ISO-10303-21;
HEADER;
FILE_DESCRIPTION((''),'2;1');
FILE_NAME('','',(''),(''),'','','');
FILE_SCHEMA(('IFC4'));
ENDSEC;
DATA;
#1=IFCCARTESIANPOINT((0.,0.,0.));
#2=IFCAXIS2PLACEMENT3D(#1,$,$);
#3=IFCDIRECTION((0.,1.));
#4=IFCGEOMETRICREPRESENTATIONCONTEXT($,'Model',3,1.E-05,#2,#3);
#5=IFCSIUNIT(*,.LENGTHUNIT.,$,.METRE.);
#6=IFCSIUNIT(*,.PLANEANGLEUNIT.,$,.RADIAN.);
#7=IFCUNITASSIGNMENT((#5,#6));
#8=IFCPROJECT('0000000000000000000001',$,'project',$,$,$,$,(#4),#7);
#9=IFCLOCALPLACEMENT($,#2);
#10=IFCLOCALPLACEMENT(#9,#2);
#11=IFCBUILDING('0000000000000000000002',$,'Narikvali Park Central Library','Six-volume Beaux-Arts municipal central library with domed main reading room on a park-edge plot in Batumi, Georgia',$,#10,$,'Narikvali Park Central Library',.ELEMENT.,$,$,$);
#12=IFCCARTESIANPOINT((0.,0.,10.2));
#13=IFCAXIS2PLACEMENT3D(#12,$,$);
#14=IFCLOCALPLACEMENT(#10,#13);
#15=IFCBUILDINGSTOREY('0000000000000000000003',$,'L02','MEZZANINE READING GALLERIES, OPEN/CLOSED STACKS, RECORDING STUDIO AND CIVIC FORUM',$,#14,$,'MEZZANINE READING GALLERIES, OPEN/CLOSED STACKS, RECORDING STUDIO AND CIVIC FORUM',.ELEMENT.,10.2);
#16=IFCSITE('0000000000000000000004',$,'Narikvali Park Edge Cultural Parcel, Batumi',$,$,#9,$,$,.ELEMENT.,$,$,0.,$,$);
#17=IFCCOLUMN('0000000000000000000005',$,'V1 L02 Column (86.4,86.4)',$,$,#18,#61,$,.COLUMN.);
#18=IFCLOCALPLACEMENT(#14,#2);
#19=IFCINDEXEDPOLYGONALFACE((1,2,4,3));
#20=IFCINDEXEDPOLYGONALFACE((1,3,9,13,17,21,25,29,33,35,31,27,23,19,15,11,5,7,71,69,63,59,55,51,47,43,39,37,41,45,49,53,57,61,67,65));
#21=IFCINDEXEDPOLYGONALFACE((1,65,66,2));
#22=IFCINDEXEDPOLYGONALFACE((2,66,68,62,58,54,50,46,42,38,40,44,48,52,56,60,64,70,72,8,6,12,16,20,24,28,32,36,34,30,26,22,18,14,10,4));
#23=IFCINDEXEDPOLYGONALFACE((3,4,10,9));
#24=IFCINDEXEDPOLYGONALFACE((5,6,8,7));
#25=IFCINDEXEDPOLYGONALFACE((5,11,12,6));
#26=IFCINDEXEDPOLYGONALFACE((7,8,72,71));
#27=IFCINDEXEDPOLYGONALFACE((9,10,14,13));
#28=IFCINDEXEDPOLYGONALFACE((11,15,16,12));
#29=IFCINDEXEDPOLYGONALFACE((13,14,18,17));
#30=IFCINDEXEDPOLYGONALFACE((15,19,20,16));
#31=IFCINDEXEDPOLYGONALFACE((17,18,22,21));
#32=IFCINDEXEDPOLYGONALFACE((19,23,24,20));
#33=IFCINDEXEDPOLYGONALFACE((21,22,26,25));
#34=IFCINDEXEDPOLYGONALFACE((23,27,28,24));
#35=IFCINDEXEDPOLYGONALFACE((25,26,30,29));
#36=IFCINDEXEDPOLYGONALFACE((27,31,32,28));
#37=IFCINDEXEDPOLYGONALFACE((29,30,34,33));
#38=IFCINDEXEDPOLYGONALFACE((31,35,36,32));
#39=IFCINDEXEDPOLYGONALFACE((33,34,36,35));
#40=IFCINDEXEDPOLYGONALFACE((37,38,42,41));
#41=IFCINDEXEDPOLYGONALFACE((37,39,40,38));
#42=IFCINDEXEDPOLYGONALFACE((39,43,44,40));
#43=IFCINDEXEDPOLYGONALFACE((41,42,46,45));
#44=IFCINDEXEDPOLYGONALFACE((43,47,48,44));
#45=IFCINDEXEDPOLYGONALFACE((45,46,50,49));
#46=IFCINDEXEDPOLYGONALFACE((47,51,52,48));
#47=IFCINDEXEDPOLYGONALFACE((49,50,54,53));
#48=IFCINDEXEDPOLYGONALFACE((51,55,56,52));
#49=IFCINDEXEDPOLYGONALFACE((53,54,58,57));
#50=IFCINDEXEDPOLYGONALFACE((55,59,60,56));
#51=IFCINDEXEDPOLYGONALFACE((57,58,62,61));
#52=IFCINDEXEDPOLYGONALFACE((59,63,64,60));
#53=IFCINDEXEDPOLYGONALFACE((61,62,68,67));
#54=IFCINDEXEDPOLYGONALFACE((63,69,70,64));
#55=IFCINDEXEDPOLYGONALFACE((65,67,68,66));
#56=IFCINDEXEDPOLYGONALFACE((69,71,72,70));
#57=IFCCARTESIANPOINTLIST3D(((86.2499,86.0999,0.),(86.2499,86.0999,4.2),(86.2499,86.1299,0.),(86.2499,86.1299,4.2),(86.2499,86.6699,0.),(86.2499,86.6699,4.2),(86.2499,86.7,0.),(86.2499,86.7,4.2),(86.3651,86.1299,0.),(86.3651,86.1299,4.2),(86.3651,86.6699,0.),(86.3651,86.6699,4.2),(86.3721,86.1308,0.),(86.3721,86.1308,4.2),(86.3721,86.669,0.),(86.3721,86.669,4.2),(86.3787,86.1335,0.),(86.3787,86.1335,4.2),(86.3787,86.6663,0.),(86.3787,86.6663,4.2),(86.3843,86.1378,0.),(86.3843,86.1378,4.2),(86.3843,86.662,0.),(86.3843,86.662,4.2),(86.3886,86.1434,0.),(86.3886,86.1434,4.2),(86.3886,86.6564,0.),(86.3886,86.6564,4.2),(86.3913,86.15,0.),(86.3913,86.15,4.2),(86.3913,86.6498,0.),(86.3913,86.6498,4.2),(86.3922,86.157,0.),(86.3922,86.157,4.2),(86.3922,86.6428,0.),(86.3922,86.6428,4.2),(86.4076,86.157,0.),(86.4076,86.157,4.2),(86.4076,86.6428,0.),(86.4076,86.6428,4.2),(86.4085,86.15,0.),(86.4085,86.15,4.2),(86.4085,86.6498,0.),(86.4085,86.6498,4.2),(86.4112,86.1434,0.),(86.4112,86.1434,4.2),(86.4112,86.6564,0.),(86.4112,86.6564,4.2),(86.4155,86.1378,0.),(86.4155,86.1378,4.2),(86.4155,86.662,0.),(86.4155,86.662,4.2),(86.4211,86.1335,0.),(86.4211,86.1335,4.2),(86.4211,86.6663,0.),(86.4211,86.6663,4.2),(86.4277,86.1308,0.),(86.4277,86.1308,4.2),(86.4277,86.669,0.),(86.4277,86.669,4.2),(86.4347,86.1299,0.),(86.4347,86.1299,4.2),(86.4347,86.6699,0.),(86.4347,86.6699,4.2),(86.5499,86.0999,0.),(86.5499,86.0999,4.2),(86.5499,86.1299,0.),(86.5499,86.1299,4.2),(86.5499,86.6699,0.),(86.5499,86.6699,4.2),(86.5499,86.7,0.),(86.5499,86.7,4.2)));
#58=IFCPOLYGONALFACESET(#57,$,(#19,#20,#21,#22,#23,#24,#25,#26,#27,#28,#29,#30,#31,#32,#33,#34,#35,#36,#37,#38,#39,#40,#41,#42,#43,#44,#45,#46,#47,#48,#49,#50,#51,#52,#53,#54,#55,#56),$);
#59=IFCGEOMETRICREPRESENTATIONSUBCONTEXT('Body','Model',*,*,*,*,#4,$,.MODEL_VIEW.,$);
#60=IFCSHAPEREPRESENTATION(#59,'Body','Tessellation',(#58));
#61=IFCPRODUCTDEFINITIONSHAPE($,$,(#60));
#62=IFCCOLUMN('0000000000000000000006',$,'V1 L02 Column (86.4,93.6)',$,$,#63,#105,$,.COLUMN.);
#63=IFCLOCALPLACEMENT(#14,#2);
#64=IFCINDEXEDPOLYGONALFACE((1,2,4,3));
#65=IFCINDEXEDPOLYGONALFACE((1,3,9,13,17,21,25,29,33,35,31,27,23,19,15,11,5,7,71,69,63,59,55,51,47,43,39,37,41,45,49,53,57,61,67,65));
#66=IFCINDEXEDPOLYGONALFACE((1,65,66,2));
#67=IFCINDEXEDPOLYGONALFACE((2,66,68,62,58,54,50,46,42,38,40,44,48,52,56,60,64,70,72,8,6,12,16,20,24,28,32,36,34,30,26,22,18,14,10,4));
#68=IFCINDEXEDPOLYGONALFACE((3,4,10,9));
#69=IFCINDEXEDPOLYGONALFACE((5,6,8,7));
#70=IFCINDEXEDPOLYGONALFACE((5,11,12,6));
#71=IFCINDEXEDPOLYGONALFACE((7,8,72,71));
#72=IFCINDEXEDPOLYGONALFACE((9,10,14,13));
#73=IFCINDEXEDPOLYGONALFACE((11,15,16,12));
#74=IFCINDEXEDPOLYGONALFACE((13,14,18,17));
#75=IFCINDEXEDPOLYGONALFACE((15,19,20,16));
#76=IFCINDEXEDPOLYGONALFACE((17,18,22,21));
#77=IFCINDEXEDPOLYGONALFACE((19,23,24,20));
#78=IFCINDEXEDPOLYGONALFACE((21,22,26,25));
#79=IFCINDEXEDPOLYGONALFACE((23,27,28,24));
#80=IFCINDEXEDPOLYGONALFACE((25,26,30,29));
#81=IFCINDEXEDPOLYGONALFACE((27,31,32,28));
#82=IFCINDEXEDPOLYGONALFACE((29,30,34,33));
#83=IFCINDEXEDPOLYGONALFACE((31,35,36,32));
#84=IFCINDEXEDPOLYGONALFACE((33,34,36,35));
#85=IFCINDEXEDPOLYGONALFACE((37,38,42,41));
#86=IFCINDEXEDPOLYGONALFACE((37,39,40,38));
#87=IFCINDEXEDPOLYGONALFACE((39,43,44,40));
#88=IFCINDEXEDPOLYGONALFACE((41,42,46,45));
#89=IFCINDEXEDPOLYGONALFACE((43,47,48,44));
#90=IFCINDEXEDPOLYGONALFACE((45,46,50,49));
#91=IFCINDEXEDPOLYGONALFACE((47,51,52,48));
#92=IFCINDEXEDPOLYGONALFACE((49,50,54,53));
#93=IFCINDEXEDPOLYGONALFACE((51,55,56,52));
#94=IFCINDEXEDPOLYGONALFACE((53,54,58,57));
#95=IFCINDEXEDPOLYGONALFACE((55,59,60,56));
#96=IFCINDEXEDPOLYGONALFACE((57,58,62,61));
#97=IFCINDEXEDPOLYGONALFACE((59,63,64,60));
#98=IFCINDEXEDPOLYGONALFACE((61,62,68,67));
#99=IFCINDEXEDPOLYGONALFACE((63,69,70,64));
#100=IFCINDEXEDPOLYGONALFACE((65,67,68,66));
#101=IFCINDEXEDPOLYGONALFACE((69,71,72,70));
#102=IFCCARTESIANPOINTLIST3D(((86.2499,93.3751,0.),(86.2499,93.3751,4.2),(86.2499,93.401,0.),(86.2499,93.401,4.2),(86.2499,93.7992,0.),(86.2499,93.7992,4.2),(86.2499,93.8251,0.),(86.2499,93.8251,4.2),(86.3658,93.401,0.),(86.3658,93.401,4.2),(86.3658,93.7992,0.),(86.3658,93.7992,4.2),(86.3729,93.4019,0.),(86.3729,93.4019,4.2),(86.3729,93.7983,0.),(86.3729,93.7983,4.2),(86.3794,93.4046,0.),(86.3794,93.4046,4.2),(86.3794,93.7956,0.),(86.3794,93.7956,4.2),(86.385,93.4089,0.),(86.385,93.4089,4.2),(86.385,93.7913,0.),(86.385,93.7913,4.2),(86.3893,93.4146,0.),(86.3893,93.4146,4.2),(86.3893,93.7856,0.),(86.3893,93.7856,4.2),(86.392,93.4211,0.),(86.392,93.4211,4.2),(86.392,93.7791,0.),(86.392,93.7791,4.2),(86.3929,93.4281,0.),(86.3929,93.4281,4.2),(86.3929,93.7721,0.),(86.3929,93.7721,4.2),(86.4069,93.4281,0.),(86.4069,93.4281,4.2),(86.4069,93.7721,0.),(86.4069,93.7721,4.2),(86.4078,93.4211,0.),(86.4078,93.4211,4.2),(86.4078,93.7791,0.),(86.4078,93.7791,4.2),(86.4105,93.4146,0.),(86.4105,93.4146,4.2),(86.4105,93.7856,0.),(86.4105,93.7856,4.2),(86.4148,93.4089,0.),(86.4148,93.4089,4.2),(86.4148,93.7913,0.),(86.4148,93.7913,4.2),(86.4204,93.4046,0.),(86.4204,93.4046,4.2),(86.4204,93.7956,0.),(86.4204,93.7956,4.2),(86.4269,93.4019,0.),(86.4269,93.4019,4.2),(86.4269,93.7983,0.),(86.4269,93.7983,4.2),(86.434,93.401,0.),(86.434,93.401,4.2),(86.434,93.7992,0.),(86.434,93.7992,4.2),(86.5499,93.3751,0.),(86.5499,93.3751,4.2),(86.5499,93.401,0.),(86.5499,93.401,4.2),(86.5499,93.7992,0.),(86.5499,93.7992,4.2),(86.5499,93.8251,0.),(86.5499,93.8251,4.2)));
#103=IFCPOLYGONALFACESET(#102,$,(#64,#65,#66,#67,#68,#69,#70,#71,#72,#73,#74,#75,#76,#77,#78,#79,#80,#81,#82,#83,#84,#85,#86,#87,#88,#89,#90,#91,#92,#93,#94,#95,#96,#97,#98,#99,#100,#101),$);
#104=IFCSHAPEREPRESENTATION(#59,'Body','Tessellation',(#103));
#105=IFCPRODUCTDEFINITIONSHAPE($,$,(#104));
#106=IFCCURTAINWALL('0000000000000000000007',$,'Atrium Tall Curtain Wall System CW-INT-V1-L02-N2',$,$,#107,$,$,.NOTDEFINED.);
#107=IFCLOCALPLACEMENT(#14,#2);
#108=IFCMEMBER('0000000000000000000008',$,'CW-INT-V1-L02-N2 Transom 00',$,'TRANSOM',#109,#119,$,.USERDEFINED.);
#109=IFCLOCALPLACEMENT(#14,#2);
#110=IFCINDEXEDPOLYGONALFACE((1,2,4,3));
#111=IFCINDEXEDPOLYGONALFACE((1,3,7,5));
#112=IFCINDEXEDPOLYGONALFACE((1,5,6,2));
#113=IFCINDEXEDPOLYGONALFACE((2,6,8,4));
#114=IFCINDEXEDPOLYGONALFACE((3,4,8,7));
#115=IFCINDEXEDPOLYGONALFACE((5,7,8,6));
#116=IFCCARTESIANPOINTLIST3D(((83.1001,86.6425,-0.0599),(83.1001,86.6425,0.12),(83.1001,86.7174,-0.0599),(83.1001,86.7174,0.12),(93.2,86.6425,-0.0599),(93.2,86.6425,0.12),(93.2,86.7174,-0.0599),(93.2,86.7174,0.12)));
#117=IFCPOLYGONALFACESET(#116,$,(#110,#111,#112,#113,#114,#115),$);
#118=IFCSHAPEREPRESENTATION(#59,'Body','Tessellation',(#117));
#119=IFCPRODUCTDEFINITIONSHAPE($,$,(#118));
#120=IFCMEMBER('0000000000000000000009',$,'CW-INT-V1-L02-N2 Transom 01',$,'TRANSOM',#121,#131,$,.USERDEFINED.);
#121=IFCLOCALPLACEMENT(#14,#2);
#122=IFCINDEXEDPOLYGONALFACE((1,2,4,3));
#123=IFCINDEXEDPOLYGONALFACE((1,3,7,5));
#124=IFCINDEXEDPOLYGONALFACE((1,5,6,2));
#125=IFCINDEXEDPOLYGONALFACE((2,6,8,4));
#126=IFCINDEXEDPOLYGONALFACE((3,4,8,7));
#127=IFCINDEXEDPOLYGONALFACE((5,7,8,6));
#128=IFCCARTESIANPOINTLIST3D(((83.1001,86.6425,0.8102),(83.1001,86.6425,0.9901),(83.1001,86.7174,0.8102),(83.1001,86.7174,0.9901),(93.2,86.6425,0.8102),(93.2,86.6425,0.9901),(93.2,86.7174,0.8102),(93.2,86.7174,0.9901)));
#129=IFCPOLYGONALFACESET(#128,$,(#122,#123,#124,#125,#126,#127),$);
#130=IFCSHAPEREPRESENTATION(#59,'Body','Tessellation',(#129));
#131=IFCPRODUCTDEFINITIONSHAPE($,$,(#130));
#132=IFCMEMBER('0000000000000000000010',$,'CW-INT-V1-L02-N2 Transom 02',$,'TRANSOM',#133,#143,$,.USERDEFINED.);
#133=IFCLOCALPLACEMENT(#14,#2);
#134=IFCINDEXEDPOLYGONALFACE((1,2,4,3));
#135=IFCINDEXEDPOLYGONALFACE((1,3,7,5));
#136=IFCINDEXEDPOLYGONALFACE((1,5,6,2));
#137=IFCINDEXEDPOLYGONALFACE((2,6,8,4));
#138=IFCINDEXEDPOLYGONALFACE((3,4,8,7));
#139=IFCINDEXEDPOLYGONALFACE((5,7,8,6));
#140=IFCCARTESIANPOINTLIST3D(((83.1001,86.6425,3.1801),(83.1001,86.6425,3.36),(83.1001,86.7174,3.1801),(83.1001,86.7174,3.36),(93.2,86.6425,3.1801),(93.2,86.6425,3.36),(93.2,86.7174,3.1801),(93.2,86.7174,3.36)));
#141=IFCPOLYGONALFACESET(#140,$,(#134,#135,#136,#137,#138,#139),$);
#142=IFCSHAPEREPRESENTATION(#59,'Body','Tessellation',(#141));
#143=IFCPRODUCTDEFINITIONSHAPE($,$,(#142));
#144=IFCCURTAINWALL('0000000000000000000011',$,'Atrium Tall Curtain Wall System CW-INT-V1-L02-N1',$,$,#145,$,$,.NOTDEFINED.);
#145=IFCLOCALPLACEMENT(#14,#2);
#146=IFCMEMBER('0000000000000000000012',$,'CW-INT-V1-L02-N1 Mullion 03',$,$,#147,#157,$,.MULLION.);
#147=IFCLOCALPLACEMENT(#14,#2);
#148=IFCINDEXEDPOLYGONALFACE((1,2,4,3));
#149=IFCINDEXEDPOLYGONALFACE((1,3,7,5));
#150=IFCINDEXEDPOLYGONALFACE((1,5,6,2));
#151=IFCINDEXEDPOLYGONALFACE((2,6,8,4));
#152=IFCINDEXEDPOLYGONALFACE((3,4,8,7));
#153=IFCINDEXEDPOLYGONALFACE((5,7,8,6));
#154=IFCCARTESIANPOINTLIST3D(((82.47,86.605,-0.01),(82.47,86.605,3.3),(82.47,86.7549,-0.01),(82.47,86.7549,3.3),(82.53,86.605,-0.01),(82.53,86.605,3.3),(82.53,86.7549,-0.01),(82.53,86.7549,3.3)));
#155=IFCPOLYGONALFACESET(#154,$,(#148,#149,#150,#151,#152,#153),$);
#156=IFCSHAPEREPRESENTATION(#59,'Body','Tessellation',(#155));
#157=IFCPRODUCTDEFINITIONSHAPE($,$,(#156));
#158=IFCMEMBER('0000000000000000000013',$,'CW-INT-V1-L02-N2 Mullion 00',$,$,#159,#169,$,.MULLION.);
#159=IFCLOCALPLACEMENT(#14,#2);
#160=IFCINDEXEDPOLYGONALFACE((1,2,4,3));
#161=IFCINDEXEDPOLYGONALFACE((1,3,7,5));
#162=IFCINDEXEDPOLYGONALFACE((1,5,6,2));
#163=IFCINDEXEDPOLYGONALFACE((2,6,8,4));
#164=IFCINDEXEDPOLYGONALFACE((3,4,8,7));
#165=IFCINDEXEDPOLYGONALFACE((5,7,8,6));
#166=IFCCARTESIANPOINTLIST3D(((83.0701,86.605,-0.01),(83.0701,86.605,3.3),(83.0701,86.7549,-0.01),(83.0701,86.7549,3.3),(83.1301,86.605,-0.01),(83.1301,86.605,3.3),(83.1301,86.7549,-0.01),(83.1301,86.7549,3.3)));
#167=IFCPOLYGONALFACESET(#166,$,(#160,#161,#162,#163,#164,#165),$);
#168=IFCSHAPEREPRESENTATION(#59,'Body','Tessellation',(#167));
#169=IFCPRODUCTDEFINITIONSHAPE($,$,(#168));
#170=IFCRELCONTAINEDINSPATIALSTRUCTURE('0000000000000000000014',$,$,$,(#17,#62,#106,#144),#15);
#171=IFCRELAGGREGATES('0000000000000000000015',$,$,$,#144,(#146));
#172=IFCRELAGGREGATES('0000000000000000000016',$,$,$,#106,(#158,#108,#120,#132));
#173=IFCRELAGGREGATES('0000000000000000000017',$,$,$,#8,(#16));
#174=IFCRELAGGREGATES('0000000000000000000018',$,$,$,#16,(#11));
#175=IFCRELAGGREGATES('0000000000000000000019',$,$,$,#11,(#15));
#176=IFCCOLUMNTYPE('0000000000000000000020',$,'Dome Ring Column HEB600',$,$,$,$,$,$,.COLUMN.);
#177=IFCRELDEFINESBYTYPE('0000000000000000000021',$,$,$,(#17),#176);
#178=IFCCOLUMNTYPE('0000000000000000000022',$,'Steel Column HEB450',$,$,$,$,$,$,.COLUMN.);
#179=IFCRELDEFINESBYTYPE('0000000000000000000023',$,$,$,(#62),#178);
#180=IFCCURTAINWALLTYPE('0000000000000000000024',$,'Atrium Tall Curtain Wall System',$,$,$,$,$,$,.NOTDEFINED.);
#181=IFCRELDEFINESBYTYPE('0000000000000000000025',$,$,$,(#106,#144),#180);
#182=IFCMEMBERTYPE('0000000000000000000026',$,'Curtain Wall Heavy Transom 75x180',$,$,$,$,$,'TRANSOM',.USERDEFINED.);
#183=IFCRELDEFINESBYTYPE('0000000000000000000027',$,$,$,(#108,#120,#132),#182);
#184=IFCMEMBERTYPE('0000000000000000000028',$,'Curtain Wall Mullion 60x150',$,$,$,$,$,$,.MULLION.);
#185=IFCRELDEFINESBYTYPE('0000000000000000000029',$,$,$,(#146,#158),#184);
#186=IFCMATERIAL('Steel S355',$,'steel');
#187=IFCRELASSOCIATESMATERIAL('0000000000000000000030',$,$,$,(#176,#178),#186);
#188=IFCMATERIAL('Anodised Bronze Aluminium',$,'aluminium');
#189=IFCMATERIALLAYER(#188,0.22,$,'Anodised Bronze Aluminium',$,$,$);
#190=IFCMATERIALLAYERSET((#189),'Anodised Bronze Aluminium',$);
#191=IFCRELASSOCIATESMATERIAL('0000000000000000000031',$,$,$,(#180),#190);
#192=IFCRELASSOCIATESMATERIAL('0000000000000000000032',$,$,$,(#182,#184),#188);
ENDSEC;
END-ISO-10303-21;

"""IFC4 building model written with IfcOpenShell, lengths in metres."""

from ifc_helpers import new_model, si_unit, direction, frame, origin, origin_2d, place, context, subcontext, project, spatial, rectangle, i_section, extrude, material, layer, layer_set, material_profile, profile_set, type_object, element, aggregate, save


model = new_model("IFC4")

# Units and contexts
model_context = context("Model", 3, precision=1e-05, world=origin(), true_north=direction((0.0, 1.0)))
body_context = subcontext(model_context, "Body", "Model", "MODEL_VIEW")
ifc_project = project(units=[si_unit("LENGTHUNIT", "METRE"), si_unit("PLANEANGLEUNIT", "RADIAN")], contexts=[model_context])

# Site, building, storey
site_placement = place(None, origin())
site = spatial("IfcSite", under=ifc_project, at=site_placement, Name="Narikvali Park Edge Cultural Parcel, Batumi", CompositionType="ELEMENT", RefElevation=0.0)
building_placement = place(site_placement, origin())
building = spatial("IfcBuilding", under=site, at=building_placement, Name="Narikvali Park Central Library", Description="Six-volume Beaux-Arts municipal central library with domed main reading room on a park-edge plot in Batumi, Georgia", LongName="Narikvali Park Central Library", CompositionType="ELEMENT")
storey_placement = place(building_placement, frame((0.0, 0.0, 10.2)))
storey = spatial("IfcBuildingStorey", under=building, at=storey_placement, Name="L02", Description="MEZZANINE READING GALLERIES, OPEN/CLOSED STACKS, RECORDING STUDIO AND CIVIC FORUM", LongName="MEZZANINE READING GALLERIES, OPEN/CLOSED STACKS, RECORDING STUDIO AND CIVIC FORUM", CompositionType="ELEMENT", Elevation=10.2)

# Columns
ifc_material_1 = material(Name="Steel S355", Category="steel")
ifc_material_profile_1 = material_profile(ifc_material_1, i_section(OverallWidth=0.3, OverallDepth=0.6001, WebThickness=0.0154, FlangeThickness=0.03, FilletRadius=0.0271, at=origin_2d()), Name="HEB 600")
ifc_profile_set_1 = profile_set([ifc_material_profile_1], Name="Steel S355")
column_type_1 = type_object("IfcColumnType", Name="Dome Ring Column HEB600", PredefinedType="COLUMN", material=ifc_profile_set_1)
column_1_placement = place(storey_placement, frame((86.3999, 86.3999, 0.0), z_axis=(0.0, 0.0, 1.0), x_axis=(1.0, 0.0, 0.0)))
element("IfcColumn", 1, at=column_1_placement, inside=storey, type_object=column_type_1, Name="V1 L02 Column (86.4,86.4)", PredefinedType="COLUMN", context=body_context, shape_type="SweptSolid", body=[
    extrude(i_section(OverallWidth=0.3, OverallDepth=0.6001, WebThickness=0.0154, FlangeThickness=0.03, FilletRadius=0.0271, at=origin_2d()), origin(), (0.0, 0.0, 1.0), 4.2),
])
ifc_material_profile_2 = material_profile(ifc_material_1, i_section(OverallWidth=0.3, OverallDepth=0.45, WebThickness=0.0139, FlangeThickness=0.0259, FilletRadius=0.0271, at=origin_2d()), Name="HEB 450")
ifc_profile_set_2 = profile_set([ifc_material_profile_2], Name="Steel S355")
column_type_2 = type_object("IfcColumnType", Name="Steel Column HEB450", PredefinedType="COLUMN", material=ifc_profile_set_2)
column_2_placement = place(storey_placement, frame((86.3999, 93.6001, 0.0), z_axis=(0.0, 0.0, 1.0), x_axis=(1.0, 0.0, 0.0)))
element("IfcColumn", 2, at=column_2_placement, inside=storey, type_object=column_type_2, Name="V1 L02 Column (86.4,93.6)", PredefinedType="COLUMN", context=body_context, shape_type="SweptSolid", body=[
    extrude(i_section(OverallWidth=0.3, OverallDepth=0.45, WebThickness=0.0139, FlangeThickness=0.0259, FilletRadius=0.0271, at=origin_2d()), origin(), (0.0, 0.0, 1.0), 4.2),
])

# Curtain wall, members
ifc_material_2 = material(Name="Anodised Bronze Aluminium", Category="aluminium")
ifc_layer_1 = layer(ifc_material_2, 0.22, Name="Anodised Bronze Aluminium")
ifc_layer_set_1 = layer_set([ifc_layer_1], Name="Anodised Bronze Aluminium")
curtain_wall_type = type_object("IfcCurtainWallType", Name="Atrium Tall Curtain Wall System", PredefinedType="NOTDEFINED", material=ifc_layer_set_1)
curtain_wall_1_placement = place(storey_placement, origin())
curtain_wall_1 = element("IfcCurtainWall", 3, at=curtain_wall_1_placement, inside=storey, type_object=curtain_wall_type, Name="Atrium Tall Curtain Wall System CW-INT-V1-L02-N2", PredefinedType="NOTDEFINED")
ifc_material_profile_3 = material_profile(ifc_material_2, rectangle(XDim=0.075, YDim=0.1799, at=origin_2d()), Name="CW TRANSOM 75x180")
ifc_profile_set_3 = profile_set([ifc_material_profile_3], Name="Anodised Bronze Aluminium")
member_type_1 = type_object("IfcMemberType", Name="Curtain Wall Heavy Transom 75x180", ElementType="TRANSOM", PredefinedType="USERDEFINED", material=ifc_profile_set_3)
member_1_placement = place(storey_placement, frame((83.1001, 86.6799, 0.03), z_axis=(1.0, 0.0, 0.0), x_axis=(0.0, 1.0, 0.0)))
member_1 = element("IfcMember", 4, at=member_1_placement, type_object=member_type_1, Name="CW-INT-V1-L02-N2 Transom 00", ObjectType="TRANSOM", PredefinedType="USERDEFINED", context=body_context, shape_type="SweptSolid", body=[
    extrude(rectangle(XDim=0.075, YDim=0.1799, at=origin_2d()), origin(), (0.0, 0.0, 1.0), 10.0999),
])
member_2_placement = place(storey_placement, frame((83.1001, 86.6799, 0.9001), z_axis=(1.0, 0.0, 0.0), x_axis=(0.0, 1.0, 0.0)))
member_2 = element("IfcMember", 5, at=member_2_placement, type_object=member_type_1, Name="CW-INT-V1-L02-N2 Transom 01", ObjectType="TRANSOM", PredefinedType="USERDEFINED", context=body_context, shape_type="SweptSolid", body=[
    extrude(rectangle(XDim=0.075, YDim=0.1799, at=origin_2d()), origin(), (0.0, 0.0, 1.0), 10.0999),
])
member_3_placement = place(storey_placement, frame((83.1001, 86.6799, 3.27), z_axis=(1.0, 0.0, 0.0), x_axis=(0.0, 1.0, 0.0)))
member_3 = element("IfcMember", 6, at=member_3_placement, type_object=member_type_1, Name="CW-INT-V1-L02-N2 Transom 02", ObjectType="TRANSOM", PredefinedType="USERDEFINED", context=body_context, shape_type="SweptSolid", body=[
    extrude(rectangle(XDim=0.075, YDim=0.1799, at=origin_2d()), origin(), (0.0, 0.0, 1.0), 10.0999),
])

# Curtain wall, member
curtain_wall_2_placement = place(storey_placement, origin())
curtain_wall_2 = element("IfcCurtainWall", 7, at=curtain_wall_2_placement, inside=storey, type_object=curtain_wall_type, Name="Atrium Tall Curtain Wall System CW-INT-V1-L02-N1", PredefinedType="NOTDEFINED")
ifc_material_profile_4 = material_profile(ifc_material_2, rectangle(XDim=0.0601, YDim=0.1499, at=origin_2d()), Name="CW MULLION 60x150")
ifc_profile_set_4 = profile_set([ifc_material_profile_4], Name="Anodised Bronze Aluminium")
member_type_2 = type_object("IfcMemberType", Name="Curtain Wall Mullion 60x150", PredefinedType="MULLION", material=ifc_profile_set_4)
member_4_placement = place(storey_placement, frame((82.5, 86.6799, -0.01), z_axis=(0.0, 0.0, 1.0), x_axis=(1.0, 0.0, 0.0)))
member_4 = element("IfcMember", 8, at=member_4_placement, type_object=member_type_2, Name="CW-INT-V1-L02-N1 Mullion 03", PredefinedType="MULLION", context=body_context, shape_type="SweptSolid", body=[
    extrude(rectangle(XDim=0.0601, YDim=0.1499, at=origin_2d()), origin(), (0.0, 0.0, 1.0), 3.3101),
])

# Member
member_5_placement = place(storey_placement, frame((83.1001, 86.6799, -0.01), z_axis=(0.0, 0.0, 1.0), x_axis=(1.0, 0.0, 0.0)))
member_5 = element("IfcMember", 9, at=member_5_placement, type_object=member_type_2, Name="CW-INT-V1-L02-N2 Mullion 00", PredefinedType="MULLION", context=body_context, shape_type="SweptSolid", body=[
    extrude(rectangle(XDim=0.0601, YDim=0.1499, at=origin_2d()), origin(), (0.0, 0.0, 1.0), 3.3101),
])

aggregate(curtain_wall_2, [member_4])
aggregate(curtain_wall_1, [member_5, member_1, member_2, member_3])

save(model, "model.ifc")
